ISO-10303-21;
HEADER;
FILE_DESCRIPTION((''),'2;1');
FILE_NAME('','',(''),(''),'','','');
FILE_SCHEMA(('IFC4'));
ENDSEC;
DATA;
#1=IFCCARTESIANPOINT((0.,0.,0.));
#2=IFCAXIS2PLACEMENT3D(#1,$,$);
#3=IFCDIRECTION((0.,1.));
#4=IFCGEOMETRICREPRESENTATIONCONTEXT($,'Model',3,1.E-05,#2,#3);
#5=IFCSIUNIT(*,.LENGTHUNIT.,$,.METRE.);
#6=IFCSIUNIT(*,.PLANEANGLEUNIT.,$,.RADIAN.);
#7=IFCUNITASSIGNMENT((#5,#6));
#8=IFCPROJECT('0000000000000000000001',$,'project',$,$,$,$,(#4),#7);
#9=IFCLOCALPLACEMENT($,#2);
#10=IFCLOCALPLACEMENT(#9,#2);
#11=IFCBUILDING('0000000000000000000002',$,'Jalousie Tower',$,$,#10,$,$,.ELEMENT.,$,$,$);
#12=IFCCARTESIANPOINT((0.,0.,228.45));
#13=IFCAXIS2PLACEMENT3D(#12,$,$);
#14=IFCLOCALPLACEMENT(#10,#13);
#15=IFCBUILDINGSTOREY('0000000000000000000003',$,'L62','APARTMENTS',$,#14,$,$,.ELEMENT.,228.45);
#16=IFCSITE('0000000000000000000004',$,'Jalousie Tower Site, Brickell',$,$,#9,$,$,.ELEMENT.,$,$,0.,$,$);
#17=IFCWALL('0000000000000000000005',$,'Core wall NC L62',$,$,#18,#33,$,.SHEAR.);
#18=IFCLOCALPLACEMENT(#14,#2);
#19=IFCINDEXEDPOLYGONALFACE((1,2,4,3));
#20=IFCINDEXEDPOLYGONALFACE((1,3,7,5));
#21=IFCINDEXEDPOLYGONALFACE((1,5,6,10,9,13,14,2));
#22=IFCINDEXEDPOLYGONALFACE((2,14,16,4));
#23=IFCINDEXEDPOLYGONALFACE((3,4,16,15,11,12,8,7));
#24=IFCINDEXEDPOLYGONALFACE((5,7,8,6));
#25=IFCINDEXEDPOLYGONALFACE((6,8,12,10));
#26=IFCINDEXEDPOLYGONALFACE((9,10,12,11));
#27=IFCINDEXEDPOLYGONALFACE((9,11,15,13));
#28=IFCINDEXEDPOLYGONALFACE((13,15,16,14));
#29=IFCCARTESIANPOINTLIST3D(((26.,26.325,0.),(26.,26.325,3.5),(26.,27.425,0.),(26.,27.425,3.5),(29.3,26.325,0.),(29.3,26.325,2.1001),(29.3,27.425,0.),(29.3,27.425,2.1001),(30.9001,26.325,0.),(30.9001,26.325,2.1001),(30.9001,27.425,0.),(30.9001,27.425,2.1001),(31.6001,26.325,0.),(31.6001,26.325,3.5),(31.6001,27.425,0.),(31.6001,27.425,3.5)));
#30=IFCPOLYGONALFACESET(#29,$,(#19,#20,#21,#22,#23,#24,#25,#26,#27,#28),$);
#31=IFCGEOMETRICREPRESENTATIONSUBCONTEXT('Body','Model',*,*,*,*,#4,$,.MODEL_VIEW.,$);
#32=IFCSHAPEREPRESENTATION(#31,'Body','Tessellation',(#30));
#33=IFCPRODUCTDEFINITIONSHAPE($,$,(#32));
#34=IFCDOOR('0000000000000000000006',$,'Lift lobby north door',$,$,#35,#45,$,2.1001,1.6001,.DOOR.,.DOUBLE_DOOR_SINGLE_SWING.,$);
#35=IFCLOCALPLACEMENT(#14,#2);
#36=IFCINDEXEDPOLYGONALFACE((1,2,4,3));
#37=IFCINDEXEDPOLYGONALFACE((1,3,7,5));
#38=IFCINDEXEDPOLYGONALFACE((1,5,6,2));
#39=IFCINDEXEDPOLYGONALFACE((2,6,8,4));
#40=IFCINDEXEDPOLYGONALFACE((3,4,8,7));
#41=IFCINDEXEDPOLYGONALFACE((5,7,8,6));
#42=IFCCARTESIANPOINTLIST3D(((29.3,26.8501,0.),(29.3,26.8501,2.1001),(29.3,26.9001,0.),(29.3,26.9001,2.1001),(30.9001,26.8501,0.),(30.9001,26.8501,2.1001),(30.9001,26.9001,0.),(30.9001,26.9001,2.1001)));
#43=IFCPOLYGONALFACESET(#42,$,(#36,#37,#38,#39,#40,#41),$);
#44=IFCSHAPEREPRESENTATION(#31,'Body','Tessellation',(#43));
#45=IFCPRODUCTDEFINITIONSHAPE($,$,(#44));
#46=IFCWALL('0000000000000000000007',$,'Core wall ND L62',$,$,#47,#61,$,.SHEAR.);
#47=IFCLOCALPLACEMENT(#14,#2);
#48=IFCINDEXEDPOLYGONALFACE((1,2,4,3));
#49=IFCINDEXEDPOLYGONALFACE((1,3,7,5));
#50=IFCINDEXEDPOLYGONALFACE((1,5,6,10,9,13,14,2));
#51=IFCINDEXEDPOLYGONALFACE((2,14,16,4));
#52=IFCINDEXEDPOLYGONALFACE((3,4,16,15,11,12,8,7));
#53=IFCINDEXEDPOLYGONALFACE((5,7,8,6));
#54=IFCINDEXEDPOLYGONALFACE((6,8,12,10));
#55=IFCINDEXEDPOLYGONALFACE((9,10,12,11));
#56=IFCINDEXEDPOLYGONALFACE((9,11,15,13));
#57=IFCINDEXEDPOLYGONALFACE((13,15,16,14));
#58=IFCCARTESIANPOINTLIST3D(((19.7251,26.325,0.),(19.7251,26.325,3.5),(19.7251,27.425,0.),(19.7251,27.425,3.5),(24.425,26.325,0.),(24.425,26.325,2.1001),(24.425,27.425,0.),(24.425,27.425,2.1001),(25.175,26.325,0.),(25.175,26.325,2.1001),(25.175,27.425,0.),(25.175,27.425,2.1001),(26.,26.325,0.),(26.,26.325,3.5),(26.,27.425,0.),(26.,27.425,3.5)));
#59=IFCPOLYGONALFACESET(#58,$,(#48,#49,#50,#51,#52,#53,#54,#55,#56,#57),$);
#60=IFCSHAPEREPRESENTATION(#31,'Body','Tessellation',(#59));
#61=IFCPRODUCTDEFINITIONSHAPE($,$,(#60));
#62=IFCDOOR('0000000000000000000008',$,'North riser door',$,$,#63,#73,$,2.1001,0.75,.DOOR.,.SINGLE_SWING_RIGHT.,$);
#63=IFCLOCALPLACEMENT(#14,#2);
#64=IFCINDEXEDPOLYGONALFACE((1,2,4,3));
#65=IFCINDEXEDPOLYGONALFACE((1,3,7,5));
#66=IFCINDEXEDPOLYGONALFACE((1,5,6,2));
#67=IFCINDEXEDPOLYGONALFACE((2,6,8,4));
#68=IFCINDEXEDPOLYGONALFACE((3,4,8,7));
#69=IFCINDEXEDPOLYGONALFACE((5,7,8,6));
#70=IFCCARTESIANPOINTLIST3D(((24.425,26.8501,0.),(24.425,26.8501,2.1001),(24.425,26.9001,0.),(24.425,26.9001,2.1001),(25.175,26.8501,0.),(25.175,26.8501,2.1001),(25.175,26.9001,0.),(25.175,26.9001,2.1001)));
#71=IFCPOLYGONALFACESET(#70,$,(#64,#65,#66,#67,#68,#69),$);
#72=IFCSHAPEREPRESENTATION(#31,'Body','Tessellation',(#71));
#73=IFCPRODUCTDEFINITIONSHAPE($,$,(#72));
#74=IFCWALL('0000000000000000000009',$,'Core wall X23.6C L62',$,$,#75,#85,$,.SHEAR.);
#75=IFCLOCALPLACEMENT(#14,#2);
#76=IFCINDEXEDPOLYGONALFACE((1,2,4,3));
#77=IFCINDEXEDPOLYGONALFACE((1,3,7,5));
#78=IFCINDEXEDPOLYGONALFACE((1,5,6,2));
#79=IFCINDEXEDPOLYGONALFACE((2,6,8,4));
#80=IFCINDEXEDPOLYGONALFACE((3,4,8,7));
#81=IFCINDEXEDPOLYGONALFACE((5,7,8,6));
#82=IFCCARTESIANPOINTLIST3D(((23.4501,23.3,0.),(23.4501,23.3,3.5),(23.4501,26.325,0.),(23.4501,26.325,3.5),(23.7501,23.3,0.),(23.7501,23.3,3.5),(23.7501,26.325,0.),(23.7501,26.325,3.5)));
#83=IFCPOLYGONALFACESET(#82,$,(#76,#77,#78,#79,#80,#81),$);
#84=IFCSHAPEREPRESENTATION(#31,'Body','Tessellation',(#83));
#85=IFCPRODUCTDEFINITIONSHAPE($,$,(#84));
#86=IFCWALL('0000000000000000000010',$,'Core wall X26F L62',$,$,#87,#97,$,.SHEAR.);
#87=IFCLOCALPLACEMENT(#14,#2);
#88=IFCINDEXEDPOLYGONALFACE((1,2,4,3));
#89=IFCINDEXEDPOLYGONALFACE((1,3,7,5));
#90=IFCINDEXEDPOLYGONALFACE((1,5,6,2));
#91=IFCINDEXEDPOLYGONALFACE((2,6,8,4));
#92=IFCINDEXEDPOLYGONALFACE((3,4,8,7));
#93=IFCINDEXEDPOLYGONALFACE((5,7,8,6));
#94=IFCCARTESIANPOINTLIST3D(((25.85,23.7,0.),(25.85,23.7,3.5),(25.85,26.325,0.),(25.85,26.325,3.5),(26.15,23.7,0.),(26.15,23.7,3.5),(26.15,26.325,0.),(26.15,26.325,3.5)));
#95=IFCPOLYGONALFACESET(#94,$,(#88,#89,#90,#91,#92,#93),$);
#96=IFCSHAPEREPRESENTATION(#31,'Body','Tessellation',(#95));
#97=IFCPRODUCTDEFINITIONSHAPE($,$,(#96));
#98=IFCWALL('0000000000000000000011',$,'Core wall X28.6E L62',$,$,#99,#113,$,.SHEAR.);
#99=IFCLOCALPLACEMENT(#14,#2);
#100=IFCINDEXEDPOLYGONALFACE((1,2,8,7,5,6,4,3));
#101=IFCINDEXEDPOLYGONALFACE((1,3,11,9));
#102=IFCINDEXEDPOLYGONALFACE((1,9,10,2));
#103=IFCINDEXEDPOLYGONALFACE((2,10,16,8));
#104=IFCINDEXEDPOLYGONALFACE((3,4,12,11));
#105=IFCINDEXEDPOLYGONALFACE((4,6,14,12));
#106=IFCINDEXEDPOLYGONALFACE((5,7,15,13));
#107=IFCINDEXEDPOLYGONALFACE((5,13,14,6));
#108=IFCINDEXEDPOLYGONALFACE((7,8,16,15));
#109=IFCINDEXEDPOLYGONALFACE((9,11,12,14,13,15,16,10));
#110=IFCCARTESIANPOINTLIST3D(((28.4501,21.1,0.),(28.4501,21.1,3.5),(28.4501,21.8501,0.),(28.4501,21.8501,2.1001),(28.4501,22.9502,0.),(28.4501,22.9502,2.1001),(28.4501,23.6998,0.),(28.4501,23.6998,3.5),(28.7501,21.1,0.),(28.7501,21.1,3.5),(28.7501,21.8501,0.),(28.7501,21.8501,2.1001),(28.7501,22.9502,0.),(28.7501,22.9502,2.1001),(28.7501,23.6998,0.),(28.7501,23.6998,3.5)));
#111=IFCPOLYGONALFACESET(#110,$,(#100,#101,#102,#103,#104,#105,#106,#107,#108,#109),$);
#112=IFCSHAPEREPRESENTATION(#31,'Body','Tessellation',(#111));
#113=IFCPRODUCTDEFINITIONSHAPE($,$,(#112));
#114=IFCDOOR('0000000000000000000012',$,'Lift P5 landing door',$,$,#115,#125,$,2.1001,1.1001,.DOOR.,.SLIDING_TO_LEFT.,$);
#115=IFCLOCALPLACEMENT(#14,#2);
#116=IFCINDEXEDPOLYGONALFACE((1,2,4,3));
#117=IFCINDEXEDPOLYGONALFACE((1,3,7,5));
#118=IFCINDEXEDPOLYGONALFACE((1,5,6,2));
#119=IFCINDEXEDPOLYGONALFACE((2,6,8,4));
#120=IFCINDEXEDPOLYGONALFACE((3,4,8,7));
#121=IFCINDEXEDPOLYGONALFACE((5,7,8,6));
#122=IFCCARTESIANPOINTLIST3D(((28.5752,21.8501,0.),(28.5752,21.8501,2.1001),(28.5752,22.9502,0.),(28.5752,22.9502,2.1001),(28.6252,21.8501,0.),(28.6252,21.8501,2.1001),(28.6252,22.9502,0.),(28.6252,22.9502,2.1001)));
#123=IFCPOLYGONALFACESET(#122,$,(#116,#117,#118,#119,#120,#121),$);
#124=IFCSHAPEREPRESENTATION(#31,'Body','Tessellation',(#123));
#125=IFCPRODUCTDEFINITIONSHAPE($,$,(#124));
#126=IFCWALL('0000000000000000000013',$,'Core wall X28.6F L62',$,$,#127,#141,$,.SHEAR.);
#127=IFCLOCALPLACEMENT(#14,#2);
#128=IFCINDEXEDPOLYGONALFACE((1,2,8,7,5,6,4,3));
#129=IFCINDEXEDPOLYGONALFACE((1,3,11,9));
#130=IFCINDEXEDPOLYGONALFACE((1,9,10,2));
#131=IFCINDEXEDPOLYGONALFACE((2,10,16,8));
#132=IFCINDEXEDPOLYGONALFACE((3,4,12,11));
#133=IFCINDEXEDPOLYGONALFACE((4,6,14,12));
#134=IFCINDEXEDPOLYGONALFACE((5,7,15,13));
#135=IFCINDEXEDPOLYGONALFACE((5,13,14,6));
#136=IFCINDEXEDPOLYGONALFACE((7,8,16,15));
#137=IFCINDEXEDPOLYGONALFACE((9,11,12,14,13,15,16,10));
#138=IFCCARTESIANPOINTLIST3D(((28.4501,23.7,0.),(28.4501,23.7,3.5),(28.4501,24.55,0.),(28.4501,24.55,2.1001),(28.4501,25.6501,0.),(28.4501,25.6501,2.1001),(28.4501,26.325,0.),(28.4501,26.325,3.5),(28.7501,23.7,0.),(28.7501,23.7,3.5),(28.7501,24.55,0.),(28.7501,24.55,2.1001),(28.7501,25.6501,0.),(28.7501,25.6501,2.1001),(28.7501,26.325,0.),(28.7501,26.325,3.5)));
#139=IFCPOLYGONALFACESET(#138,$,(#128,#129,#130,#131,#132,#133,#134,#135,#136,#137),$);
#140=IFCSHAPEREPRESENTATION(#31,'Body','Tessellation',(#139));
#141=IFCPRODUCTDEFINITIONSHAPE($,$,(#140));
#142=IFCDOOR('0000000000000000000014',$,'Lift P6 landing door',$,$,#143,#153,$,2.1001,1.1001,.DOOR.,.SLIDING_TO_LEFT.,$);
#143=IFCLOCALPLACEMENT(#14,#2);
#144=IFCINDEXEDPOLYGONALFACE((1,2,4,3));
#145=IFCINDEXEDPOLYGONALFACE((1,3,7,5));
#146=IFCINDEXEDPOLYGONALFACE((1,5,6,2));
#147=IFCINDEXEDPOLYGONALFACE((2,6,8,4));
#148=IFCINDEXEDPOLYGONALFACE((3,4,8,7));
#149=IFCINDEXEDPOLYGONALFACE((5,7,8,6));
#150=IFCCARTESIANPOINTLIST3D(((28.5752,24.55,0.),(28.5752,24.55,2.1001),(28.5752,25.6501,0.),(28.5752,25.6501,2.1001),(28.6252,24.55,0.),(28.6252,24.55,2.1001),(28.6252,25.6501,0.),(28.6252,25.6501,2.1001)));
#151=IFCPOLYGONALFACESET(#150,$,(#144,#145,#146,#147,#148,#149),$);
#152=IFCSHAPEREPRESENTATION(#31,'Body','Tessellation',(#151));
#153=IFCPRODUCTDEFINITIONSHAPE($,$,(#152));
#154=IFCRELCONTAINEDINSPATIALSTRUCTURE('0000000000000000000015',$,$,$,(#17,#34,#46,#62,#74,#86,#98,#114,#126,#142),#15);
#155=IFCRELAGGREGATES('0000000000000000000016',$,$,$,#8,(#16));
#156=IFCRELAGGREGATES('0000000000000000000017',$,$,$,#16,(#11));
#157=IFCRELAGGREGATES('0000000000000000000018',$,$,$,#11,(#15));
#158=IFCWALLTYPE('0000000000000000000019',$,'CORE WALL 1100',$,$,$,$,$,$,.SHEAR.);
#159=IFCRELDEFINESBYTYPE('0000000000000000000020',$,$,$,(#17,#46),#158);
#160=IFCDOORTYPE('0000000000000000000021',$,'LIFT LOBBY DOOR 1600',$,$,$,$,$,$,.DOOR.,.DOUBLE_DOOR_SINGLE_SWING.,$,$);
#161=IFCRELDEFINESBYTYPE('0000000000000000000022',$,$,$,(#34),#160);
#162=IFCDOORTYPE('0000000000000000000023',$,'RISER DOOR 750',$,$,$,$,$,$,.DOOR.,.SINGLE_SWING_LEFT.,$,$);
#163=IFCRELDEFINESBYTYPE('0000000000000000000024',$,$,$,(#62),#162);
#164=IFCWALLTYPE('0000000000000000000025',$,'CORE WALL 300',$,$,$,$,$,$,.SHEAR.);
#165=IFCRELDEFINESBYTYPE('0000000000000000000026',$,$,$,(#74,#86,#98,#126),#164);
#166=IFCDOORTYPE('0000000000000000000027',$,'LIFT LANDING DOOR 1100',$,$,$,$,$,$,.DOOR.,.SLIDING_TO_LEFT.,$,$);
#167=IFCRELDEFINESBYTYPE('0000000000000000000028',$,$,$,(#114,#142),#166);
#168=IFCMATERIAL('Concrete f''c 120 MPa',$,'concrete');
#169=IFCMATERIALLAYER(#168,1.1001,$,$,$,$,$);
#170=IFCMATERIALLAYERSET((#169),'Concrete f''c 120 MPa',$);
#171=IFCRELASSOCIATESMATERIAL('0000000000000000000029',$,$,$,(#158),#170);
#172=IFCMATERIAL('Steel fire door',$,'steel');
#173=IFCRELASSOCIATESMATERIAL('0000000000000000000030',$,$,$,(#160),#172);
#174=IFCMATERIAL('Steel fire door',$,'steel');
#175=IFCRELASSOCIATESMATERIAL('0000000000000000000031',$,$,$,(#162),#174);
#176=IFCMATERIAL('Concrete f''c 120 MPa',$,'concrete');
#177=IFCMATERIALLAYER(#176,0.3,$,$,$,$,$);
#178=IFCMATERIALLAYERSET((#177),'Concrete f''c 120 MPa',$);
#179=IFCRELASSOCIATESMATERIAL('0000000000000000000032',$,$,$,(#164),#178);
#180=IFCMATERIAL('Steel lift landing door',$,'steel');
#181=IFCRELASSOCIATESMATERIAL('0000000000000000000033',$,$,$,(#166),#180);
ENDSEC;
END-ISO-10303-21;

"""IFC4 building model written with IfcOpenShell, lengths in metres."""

from ifc_helpers import new_model, si_unit, direction, frame, frame_2d, origin, place, context, subcontext, project, spatial, rectangle, extrude, material, layer, layer_set, type_object, element, fill, save


model = new_model("IFC4")

# Units and contexts
model_context = context("Model", 3, precision=1e-05, world=origin(), true_north=direction((0.0, 1.0)))
body_context = subcontext(model_context, "Body", "Model", "MODEL_VIEW")
ifc_project = project(units=[si_unit("LENGTHUNIT", "METRE"), si_unit("PLANEANGLEUNIT", "RADIAN")], contexts=[model_context])

# Site, building, storey
site_placement = place(None, origin())
site = spatial("IfcSite", under=ifc_project, at=site_placement, Name="Jalousie Tower Site, Brickell", CompositionType="ELEMENT", RefElevation=0.0)
building_placement = place(site_placement, origin())
building = spatial("IfcBuilding", under=site, at=building_placement, Name="Jalousie Tower", CompositionType="ELEMENT")
storey_placement = place(building_placement, frame((0.0, 0.0, 228.45)))
storey = spatial("IfcBuildingStorey", under=building, at=storey_placement, Name="L62", Description="APARTMENTS", CompositionType="ELEMENT", Elevation=228.45)

# Walls, openings, doors
ifc_material_1 = material(Name="Concrete f'c 120 MPa", Category="concrete")
ifc_layer_1 = layer(ifc_material_1, 1.1001)
ifc_layer_set_1 = layer_set([ifc_layer_1], Name="Concrete f'c 120 MPa")
wall_type_1 = type_object("IfcWallType", Name="CORE WALL 1100", PredefinedType="SHEAR", material=ifc_layer_set_1)
wall_1_placement = place(storey_placement, frame((31.6001, 26.875, 0.0), z_axis=(0.0, 0.0, 1.0), x_axis=(-1.0, 0.0, 0.0)))
wall_1 = element("IfcWall", 1, at=wall_1_placement, inside=storey, type_object=wall_type_1, Name="Core wall NC L62", PredefinedType="SHEAR", context=body_context, shape_type="SweptSolid", body=[
    extrude(rectangle(XDim=5.6001, YDim=1.1001, at=frame_2d((2.8, 0.0))), origin(), (0.0, 0.0, 1.0), 3.5),
])
opening_1_placement = place(wall_1_placement, frame((0.7, 0.0, 0.0)))
opening_1 = element("IfcOpeningElement", 2, at=opening_1_placement, cuts=wall_1, PredefinedType="OPENING", context=body_context, shape_type="SweptSolid", body=[
    extrude(rectangle(XDim=1.6001, YDim=2.1001, at=frame_2d((0.8, 1.05))), frame((0.0, 0.5601, 0.0), z_axis=(0.0, -1.0, 0.0), x_axis=(1.0, 0.0, 0.0)), (0.0, 0.0, 1.0), 1.1201),
])
ifc_material_2 = material(Name="Steel fire door", Category="steel")
door_type_1 = type_object("IfcDoorType", Name="LIFT LOBBY DOOR 1600", OperationType="DOUBLE_DOOR_SINGLE_SWING", PredefinedType="DOOR", material=ifc_material_2)
door_1_placement = place(opening_1_placement, origin())
door_1 = element("IfcDoor", 3, at=door_1_placement, inside=storey, type_object=door_type_1, Name="Lift lobby north door", OperationType="DOUBLE_DOOR_SINGLE_SWING", OverallHeight=2.1001, OverallWidth=1.6001, PredefinedType="DOOR", context=body_context, shape_type="SweptSolid", body=[
    extrude(rectangle(XDim=1.6001, YDim=2.1001, at=frame_2d((0.8, 1.05))), frame((0.0, 0.0249, 0.0), z_axis=(0.0, -1.0, 0.0), x_axis=(1.0, 0.0, 0.0)), (0.0, 0.0, 1.0), 0.05),
])
fill(opening_1, door_1)
wall_2_placement = place(storey_placement, frame((26.0, 26.875, 0.0), z_axis=(0.0, 0.0, 1.0), x_axis=(-1.0, 0.0, 0.0)))
wall_2 = element("IfcWall", 4, at=wall_2_placement, inside=storey, type_object=wall_type_1, Name="Core wall ND L62", PredefinedType="SHEAR", context=body_context, shape_type="SweptSolid", body=[
    extrude(rectangle(XDim=6.2749, YDim=1.1001, at=frame_2d((3.1375, 0.0))), origin(), (0.0, 0.0, 1.0), 3.5),
])
opening_2_placement = place(wall_2_placement, frame((0.825, 0.0, 0.0)))
opening_2 = element("IfcOpeningElement", 5, at=opening_2_placement, cuts=wall_2, PredefinedType="OPENING", context=body_context, shape_type="SweptSolid", body=[
    extrude(rectangle(XDim=0.75, YDim=2.1001, at=frame_2d((0.375, 1.05))), frame((0.0, 0.5601, 0.0), z_axis=(0.0, -1.0, 0.0), x_axis=(1.0, 0.0, 0.0)), (0.0, 0.0, 1.0), 1.1201),
])
ifc_material_3 = material(Name="Steel fire door", Category="steel")
door_type_2 = type_object("IfcDoorType", Name="RISER DOOR 750", OperationType="SINGLE_SWING_LEFT", PredefinedType="DOOR", material=ifc_material_3)
door_2_placement = place(opening_2_placement, origin())
door_2 = element("IfcDoor", 6, at=door_2_placement, inside=storey, type_object=door_type_2, Name="North riser door", OperationType="SINGLE_SWING_RIGHT", OverallHeight=2.1001, OverallWidth=0.75, PredefinedType="DOOR", context=body_context, shape_type="SweptSolid", body=[
    extrude(rectangle(XDim=0.75, YDim=2.1001, at=frame_2d((0.375, 1.05))), frame((0.0, 0.0249, 0.0), z_axis=(0.0, -1.0, 0.0), x_axis=(1.0, 0.0, 0.0)), (0.0, 0.0, 1.0), 0.05),
])
fill(opening_2, door_2)

# Walls
ifc_material_4 = material(Name="Concrete f'c 120 MPa", Category="concrete")
ifc_layer_2 = layer(ifc_material_4, 0.3)
ifc_layer_set_2 = layer_set([ifc_layer_2], Name="Concrete f'c 120 MPa")
wall_type_2 = type_object("IfcWallType", Name="CORE WALL 300", PredefinedType="SHEAR", material=ifc_layer_set_2)
wall_3_placement = place(storey_placement, frame((23.6001, 23.3, 0.0), z_axis=(0.0, 0.0, 1.0), x_axis=(0.0, 1.0, 0.0)))
element("IfcWall", 7, at=wall_3_placement, inside=storey, type_object=wall_type_2, Name="Core wall X23.6C L62", PredefinedType="SHEAR", context=body_context, shape_type="SweptSolid", body=[
    extrude(rectangle(XDim=3.0249, YDim=0.3, at=frame_2d((1.5125, 0.0))), origin(), (0.0, 0.0, 1.0), 3.5),
])
wall_4_placement = place(storey_placement, frame((26.0, 23.7, 0.0), z_axis=(0.0, 0.0, 1.0), x_axis=(0.0, 1.0, 0.0)))
element("IfcWall", 8, at=wall_4_placement, inside=storey, type_object=wall_type_2, Name="Core wall X26F L62", PredefinedType="SHEAR", context=body_context, shape_type="SweptSolid", body=[
    extrude(rectangle(XDim=2.625, YDim=0.3, at=frame_2d((1.3125, 0.0))), origin(), (0.0, 0.0, 1.0), 3.5),
])

# Walls, openings, doors
wall_5_placement = place(storey_placement, frame((28.6001, 21.1001, 0.0), z_axis=(0.0, 0.0, 1.0), x_axis=(0.0, 1.0, 0.0)))
wall_5 = element("IfcWall", 9, at=wall_5_placement, inside=storey, type_object=wall_type_2, Name="Core wall X28.6E L62", PredefinedType="SHEAR", context=body_context, shape_type="SweptSolid", body=[
    extrude(rectangle(XDim=2.5999, YDim=0.3, at=frame_2d((1.2998, 0.0))), origin(), (0.0, 0.0, 1.0), 3.5),
])
opening_3_placement = place(wall_5_placement, frame((0.75, 0.0, 0.0)))
opening_3 = element("IfcOpeningElement", 10, at=opening_3_placement, cuts=wall_5, PredefinedType="OPENING", context=body_context, shape_type="SweptSolid", body=[
    extrude(rectangle(XDim=1.1001, YDim=2.1001, at=frame_2d((0.55, 1.05))), frame((0.0, 0.1599, 0.0), z_axis=(0.0, -1.0, 0.0), x_axis=(1.0, 0.0, 0.0)), (0.0, 0.0, 1.0), 0.3201),
])
ifc_material_5 = material(Name="Steel lift landing door", Category="steel")
door_type_3 = type_object("IfcDoorType", Name="LIFT LANDING DOOR 1100", OperationType="SLIDING_TO_LEFT", PredefinedType="DOOR", material=ifc_material_5)
door_3_placement = place(opening_3_placement, origin())
door_3 = element("IfcDoor", 11, at=door_3_placement, inside=storey, type_object=door_type_3, Name="Lift P5 landing door", OperationType="SLIDING_TO_LEFT", OverallHeight=2.1001, OverallWidth=1.1001, PredefinedType="DOOR", context=body_context, shape_type="SweptSolid", body=[
    extrude(rectangle(XDim=1.1001, YDim=2.1001, at=frame_2d((0.55, 1.05))), frame((0.0, 0.0249, 0.0), z_axis=(0.0, -1.0, 0.0), x_axis=(1.0, 0.0, 0.0)), (0.0, 0.0, 1.0), 0.05),
])
fill(opening_3, door_3)
wall_6_placement = place(storey_placement, frame((28.6001, 23.7, 0.0), z_axis=(0.0, 0.0, 1.0), x_axis=(0.0, 1.0, 0.0)))
wall_6 = element("IfcWall", 12, at=wall_6_placement, inside=storey, type_object=wall_type_2, Name="Core wall X28.6F L62", PredefinedType="SHEAR", context=body_context, shape_type="SweptSolid", body=[
    extrude(rectangle(XDim=2.625, YDim=0.3, at=frame_2d((1.3125, 0.0))), origin(), (0.0, 0.0, 1.0), 3.5),
])
opening_4_placement = place(wall_6_placement, frame((0.8501, 0.0, 0.0)))
opening_4 = element("IfcOpeningElement", 13, at=opening_4_placement, cuts=wall_6, PredefinedType="OPENING", context=body_context, shape_type="SweptSolid", body=[
    extrude(rectangle(XDim=1.1001, YDim=2.1001, at=frame_2d((0.55, 1.05))), frame((0.0, 0.1599, 0.0), z_axis=(0.0, -1.0, 0.0), x_axis=(1.0, 0.0, 0.0)), (0.0, 0.0, 1.0), 0.3201),
])
door_4_placement = place(opening_4_placement, origin())
door_4 = element("IfcDoor", 14, at=door_4_placement, inside=storey, type_object=door_type_3, Name="Lift P6 landing door", OperationType="SLIDING_TO_LEFT", OverallHeight=2.1001, OverallWidth=1.1001, PredefinedType="DOOR", context=body_context, shape_type="SweptSolid", body=[
    extrude(rectangle(XDim=1.1001, YDim=2.1001, at=frame_2d((0.55, 1.05))), frame((0.0, 0.0249, 0.0), z_axis=(0.0, -1.0, 0.0), x_axis=(1.0, 0.0, 0.0)), (0.0, 0.0, 1.0), 0.05),
])
fill(opening_4, door_4)

save(model, "model.ifc")
